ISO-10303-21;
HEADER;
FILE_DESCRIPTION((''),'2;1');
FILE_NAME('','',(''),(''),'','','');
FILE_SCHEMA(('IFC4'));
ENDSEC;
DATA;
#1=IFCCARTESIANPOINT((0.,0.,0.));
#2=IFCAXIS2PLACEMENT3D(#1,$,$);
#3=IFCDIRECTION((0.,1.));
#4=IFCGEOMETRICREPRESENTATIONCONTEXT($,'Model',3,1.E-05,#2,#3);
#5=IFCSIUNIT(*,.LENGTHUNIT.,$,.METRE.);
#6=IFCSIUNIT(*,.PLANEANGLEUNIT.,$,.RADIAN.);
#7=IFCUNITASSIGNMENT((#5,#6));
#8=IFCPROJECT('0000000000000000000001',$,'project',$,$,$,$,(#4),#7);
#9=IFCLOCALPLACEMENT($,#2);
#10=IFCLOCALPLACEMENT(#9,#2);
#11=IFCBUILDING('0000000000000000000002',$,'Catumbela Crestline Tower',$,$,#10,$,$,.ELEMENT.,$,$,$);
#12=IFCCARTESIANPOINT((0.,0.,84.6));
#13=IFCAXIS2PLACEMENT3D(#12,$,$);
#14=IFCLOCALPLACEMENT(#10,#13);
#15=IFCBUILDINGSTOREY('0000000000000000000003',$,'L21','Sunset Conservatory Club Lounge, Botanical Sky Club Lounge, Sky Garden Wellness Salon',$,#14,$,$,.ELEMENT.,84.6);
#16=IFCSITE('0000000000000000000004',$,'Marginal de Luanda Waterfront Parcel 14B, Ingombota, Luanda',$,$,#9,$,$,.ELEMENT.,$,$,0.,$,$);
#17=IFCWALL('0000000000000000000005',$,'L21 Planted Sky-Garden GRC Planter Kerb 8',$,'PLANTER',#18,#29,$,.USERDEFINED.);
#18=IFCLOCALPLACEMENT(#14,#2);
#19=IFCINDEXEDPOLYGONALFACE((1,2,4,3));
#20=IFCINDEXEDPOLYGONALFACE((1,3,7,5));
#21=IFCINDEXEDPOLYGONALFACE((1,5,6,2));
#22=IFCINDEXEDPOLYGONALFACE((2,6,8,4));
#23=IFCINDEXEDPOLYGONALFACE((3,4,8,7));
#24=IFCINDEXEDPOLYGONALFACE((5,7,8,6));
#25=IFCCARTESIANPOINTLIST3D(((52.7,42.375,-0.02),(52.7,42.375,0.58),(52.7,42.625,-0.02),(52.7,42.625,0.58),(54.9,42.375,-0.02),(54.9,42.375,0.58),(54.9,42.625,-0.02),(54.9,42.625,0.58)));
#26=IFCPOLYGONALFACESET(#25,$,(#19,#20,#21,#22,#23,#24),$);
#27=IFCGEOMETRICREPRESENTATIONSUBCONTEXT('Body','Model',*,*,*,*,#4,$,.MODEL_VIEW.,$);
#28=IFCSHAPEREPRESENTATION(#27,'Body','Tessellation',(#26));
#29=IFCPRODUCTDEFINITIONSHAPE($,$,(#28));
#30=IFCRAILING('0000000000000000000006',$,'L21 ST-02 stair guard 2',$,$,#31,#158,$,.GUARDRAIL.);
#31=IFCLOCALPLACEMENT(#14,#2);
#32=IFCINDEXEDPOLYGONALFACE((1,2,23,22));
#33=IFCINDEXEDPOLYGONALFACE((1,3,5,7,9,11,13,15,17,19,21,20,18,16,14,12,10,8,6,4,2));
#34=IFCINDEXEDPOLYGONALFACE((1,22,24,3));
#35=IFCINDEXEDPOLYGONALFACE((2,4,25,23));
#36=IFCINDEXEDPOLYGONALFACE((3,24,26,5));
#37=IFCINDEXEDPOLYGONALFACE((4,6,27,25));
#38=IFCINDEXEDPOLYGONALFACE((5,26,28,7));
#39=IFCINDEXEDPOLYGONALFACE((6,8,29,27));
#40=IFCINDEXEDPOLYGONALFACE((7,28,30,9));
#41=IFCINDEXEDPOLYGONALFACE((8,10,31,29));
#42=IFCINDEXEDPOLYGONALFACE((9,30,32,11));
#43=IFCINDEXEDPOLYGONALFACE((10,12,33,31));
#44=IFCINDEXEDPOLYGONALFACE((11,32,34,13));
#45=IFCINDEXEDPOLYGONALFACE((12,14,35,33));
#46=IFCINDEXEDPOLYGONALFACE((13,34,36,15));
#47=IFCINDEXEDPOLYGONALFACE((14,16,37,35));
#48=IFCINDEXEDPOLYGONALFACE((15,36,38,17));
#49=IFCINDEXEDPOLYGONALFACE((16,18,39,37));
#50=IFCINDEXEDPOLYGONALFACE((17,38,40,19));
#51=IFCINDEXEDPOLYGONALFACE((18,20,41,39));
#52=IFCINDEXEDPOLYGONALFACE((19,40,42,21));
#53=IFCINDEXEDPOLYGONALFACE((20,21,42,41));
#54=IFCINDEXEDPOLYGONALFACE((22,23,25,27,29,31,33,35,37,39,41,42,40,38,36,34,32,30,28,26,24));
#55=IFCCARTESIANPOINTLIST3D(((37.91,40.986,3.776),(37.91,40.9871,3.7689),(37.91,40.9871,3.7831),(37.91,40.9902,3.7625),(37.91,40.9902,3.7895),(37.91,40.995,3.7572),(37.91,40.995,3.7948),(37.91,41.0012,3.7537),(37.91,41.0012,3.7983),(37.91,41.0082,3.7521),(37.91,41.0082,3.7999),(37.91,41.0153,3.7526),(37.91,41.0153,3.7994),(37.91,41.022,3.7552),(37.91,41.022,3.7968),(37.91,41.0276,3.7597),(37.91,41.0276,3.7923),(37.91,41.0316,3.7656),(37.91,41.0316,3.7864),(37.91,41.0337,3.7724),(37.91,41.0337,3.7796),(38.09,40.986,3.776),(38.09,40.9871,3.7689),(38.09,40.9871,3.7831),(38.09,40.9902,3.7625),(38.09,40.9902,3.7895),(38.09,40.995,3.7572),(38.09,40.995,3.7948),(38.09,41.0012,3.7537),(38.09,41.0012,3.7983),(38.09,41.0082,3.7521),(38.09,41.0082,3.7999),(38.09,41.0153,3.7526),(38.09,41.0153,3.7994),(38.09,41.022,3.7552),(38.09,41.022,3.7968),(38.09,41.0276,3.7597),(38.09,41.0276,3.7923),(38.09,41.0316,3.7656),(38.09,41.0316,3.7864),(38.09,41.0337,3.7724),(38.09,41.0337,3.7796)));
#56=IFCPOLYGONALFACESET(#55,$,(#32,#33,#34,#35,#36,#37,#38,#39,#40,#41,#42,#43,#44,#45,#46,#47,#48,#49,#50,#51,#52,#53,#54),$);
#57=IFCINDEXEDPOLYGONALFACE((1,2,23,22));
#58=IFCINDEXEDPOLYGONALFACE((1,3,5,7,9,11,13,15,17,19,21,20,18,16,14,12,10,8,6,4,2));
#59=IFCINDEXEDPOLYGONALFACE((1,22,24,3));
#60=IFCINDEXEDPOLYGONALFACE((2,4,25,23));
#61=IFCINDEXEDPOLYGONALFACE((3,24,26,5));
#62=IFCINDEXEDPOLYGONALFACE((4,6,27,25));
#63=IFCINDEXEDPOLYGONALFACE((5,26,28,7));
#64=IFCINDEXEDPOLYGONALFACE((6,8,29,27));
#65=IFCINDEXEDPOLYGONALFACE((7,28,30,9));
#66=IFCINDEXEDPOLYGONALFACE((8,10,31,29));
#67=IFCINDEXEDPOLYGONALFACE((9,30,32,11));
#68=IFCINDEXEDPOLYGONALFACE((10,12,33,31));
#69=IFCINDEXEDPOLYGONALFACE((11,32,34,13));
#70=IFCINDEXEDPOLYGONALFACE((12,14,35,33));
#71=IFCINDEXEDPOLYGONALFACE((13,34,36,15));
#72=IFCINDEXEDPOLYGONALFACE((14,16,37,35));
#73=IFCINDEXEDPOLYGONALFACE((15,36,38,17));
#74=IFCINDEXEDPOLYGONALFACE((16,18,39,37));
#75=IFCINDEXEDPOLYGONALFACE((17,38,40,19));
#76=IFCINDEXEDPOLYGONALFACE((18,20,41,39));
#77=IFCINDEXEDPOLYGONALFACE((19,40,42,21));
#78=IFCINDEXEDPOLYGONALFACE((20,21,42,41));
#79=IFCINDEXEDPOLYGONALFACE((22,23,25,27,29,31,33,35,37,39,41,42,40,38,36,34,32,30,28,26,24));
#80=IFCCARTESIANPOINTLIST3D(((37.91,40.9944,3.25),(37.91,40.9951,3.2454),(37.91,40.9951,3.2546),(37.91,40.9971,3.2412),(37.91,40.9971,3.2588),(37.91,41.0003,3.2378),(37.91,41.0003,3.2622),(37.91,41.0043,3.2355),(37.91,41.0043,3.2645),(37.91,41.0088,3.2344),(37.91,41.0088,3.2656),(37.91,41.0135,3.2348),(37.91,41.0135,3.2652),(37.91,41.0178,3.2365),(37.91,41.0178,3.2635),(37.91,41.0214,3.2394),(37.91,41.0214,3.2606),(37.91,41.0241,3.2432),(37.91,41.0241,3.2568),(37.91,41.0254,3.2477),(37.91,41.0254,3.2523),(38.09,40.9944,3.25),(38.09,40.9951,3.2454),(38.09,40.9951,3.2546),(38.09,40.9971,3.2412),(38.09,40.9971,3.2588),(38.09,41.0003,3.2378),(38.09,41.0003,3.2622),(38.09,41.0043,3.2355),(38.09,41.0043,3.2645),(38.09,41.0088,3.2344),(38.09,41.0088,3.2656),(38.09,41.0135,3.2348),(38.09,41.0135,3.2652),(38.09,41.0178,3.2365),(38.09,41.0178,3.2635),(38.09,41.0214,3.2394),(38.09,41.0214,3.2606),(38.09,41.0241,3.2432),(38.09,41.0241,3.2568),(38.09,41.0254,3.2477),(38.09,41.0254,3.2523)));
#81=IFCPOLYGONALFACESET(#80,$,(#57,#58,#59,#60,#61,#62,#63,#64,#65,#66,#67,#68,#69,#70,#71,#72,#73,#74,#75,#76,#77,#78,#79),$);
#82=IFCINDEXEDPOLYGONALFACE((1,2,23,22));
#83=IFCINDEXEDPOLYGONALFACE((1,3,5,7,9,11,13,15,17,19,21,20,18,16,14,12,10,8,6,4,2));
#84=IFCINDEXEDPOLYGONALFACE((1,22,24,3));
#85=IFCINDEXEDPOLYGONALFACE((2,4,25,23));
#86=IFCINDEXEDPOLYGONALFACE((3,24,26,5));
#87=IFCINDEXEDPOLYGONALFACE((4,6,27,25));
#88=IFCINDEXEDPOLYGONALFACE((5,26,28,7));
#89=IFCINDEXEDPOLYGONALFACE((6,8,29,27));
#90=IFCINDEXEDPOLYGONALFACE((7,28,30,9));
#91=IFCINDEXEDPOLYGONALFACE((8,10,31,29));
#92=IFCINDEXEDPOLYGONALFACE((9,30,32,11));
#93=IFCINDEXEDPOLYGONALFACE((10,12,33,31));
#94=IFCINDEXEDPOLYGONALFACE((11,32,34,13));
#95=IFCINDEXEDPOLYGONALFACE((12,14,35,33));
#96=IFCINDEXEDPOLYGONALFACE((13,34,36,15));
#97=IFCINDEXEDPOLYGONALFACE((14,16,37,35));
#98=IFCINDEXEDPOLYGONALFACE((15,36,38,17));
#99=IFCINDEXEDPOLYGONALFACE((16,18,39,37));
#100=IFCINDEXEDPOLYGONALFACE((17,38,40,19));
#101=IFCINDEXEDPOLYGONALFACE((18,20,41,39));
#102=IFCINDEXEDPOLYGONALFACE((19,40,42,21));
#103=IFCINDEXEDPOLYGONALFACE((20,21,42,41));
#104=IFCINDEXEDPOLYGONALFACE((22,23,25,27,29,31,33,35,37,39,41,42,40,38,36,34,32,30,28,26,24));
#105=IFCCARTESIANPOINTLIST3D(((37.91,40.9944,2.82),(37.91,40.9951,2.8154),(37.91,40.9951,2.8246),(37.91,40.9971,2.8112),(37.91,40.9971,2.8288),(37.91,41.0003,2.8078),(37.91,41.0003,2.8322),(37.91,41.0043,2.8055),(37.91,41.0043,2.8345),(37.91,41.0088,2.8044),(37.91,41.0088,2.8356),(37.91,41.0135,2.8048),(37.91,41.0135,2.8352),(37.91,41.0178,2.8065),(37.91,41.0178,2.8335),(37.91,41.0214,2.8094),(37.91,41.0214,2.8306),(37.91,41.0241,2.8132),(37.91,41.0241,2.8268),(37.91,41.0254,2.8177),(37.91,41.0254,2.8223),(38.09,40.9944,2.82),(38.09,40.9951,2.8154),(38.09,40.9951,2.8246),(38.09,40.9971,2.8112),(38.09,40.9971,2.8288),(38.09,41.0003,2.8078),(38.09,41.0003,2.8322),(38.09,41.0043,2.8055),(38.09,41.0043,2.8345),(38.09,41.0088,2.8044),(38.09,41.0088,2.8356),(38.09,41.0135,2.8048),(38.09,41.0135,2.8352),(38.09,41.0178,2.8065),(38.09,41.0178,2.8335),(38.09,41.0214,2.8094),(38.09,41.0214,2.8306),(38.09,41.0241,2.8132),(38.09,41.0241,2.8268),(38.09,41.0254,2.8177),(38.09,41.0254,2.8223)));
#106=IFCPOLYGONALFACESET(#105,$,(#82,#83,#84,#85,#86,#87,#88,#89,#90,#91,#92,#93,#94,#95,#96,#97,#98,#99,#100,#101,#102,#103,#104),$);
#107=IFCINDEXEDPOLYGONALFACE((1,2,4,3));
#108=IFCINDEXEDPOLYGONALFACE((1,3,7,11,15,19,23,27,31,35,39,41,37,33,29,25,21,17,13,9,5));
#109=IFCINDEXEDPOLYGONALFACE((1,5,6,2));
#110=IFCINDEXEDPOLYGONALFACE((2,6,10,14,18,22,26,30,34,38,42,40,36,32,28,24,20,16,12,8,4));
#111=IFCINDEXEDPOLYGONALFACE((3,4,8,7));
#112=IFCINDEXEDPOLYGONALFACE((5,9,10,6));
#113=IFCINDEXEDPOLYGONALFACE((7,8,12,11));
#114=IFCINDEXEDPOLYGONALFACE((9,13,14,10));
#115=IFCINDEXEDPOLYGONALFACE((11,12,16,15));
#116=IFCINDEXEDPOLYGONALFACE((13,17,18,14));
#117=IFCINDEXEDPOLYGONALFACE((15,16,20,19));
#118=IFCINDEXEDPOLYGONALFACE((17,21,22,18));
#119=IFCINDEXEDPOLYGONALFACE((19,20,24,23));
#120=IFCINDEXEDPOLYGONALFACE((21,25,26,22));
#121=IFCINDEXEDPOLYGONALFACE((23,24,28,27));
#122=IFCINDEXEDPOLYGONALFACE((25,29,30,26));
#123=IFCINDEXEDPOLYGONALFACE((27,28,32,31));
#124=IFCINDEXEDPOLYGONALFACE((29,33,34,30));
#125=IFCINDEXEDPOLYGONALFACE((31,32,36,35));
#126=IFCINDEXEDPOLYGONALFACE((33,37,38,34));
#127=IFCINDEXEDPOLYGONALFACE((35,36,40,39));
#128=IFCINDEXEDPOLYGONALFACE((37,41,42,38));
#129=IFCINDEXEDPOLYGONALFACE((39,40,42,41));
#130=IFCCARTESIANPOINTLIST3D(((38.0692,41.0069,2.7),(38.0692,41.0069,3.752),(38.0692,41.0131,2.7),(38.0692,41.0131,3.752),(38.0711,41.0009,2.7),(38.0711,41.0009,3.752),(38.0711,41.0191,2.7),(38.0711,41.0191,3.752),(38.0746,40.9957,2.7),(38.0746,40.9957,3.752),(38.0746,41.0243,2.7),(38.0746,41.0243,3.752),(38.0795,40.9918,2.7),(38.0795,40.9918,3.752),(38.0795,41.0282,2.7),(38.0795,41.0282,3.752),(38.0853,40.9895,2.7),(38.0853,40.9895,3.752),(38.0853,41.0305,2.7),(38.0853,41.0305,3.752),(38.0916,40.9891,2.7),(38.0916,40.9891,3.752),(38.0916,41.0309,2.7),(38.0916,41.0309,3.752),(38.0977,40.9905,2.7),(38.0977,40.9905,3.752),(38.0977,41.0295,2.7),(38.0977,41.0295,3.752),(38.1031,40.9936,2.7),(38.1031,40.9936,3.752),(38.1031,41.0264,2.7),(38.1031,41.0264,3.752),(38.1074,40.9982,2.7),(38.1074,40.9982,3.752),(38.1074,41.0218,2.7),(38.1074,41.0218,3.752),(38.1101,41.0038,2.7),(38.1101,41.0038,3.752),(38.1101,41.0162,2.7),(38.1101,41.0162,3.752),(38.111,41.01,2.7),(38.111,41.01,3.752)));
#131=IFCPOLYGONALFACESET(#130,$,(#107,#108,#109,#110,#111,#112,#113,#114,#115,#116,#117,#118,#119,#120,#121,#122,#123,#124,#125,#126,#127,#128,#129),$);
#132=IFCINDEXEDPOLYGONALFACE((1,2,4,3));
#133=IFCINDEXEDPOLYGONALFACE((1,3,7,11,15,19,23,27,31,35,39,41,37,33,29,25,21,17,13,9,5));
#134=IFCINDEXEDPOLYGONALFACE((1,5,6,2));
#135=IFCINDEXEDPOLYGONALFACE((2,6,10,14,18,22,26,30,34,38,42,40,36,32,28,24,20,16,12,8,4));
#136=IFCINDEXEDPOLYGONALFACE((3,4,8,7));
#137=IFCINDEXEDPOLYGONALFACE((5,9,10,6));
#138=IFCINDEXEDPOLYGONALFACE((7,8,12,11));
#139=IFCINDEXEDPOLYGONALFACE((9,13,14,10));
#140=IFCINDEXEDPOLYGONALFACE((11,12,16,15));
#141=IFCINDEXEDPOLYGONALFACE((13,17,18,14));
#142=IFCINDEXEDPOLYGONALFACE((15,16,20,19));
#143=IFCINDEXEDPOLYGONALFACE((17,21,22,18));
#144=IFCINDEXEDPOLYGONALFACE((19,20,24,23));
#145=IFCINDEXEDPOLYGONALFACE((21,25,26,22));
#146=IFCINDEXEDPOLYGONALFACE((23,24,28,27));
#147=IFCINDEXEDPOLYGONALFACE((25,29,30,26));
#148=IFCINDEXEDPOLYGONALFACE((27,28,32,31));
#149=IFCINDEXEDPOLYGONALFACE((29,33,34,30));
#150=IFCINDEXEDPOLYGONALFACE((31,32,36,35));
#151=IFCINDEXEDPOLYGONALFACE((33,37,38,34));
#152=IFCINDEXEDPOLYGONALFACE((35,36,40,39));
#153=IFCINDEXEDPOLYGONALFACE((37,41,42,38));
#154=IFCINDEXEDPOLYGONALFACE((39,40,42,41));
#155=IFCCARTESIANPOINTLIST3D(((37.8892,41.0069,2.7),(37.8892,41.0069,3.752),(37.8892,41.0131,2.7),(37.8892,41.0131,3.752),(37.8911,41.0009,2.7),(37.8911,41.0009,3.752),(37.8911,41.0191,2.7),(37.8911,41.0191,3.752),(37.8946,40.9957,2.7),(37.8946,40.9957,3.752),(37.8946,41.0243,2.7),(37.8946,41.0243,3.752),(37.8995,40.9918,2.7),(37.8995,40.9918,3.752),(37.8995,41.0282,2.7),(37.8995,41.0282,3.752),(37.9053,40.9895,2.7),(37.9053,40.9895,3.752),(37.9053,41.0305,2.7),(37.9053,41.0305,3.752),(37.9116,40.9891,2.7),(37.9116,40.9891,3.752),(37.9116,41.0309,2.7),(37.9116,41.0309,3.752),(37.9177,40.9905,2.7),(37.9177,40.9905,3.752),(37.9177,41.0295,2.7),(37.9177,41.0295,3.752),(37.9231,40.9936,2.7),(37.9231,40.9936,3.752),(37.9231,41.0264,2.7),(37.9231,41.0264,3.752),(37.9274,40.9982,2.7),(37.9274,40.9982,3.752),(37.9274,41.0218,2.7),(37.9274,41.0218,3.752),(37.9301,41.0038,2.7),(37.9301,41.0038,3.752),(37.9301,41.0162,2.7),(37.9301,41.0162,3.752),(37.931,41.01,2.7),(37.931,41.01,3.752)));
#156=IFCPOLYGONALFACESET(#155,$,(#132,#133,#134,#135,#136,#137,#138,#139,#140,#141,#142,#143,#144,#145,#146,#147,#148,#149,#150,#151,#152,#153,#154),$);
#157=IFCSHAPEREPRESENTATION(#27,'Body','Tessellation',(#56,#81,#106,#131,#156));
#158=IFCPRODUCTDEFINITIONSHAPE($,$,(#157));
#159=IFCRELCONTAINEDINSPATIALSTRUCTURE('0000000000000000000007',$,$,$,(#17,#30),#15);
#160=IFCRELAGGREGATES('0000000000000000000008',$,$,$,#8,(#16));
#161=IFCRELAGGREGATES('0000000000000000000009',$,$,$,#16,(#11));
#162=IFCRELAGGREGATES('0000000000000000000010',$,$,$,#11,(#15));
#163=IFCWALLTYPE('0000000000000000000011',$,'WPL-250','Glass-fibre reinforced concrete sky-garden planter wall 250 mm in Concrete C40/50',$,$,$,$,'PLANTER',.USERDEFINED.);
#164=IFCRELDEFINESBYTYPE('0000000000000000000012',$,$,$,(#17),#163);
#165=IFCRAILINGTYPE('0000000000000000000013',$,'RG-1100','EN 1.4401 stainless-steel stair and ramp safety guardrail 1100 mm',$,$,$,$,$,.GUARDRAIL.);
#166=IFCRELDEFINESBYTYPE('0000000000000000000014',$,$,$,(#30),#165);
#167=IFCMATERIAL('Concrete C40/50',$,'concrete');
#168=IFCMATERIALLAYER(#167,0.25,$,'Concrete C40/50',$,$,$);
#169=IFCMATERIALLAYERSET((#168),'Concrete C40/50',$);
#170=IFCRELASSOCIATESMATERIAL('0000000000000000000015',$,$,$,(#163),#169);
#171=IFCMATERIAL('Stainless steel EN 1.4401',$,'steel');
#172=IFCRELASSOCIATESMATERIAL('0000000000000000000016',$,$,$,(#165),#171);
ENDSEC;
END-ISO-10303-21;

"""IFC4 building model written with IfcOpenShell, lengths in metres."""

from ifc_helpers import new_model, si_unit, direction, frame, frame_2d, origin, origin_2d, place, context, subcontext, project, spatial, rectangle, circle, extrude, material, layer, layer_set, type_object, element, save


model = new_model("IFC4")

# Units and contexts
model_context = context("Model", 3, precision=1e-05, world=origin(), true_north=direction((0.0, 1.0)))
body_context = subcontext(model_context, "Body", "Model", "MODEL_VIEW")
ifc_project = project(units=[si_unit("LENGTHUNIT", "METRE"), si_unit("PLANEANGLEUNIT", "RADIAN")], contexts=[model_context])

# Site, building, storey
site_placement = place(None, origin())
site = spatial("IfcSite", under=ifc_project, at=site_placement, Name="Marginal de Luanda Waterfront Parcel 14B, Ingombota, Luanda", CompositionType="ELEMENT", RefElevation=0.0)
building_placement = place(site_placement, origin())
building = spatial("IfcBuilding", under=site, at=building_placement, Name="Catumbela Crestline Tower", CompositionType="ELEMENT")
storey_placement = place(building_placement, frame((0.0, 0.0, 84.6)))
storey = spatial("IfcBuildingStorey", under=building, at=storey_placement, Name="L21", Description="Sunset Conservatory Club Lounge, Botanical Sky Club Lounge, Sky Garden Wellness Salon", CompositionType="ELEMENT", Elevation=84.6)

# Wall
ifc_material_1 = material(Name="Concrete C40/50", Category="concrete")
ifc_layer_1 = layer(ifc_material_1, 0.25, Name="Concrete C40/50")
ifc_layer_set_1 = layer_set([ifc_layer_1], Name="Concrete C40/50")
wall_type_1 = type_object("IfcWallType", Name="WPL-250", Description="Glass-fibre reinforced concrete sky-garden planter wall 250 mm in Concrete C40/50", ElementType="PLANTER", PredefinedType="USERDEFINED", material=ifc_layer_set_1)
wall_1_placement = place(storey_placement, frame((52.7, 42.5, -0.02), z_axis=(0.0, 0.0, 1.0), x_axis=(1.0, 0.0, 0.0)))
element("IfcWall", 1, at=wall_1_placement, inside=storey, type_object=wall_type_1, Name="L21 Planted Sky-Garden GRC Planter Kerb 8", ObjectType="PLANTER", PredefinedType="USERDEFINED", context=body_context, shape_type="SweptSolid", body=[
    extrude(rectangle(XDim=2.2, YDim=0.25, at=frame_2d((1.1, 0.0))), origin(), (0.0, 0.0, 1.0), 0.6),
])

# Railing
ifc_material_2 = material(Name="Stainless steel EN 1.4401", Category="steel")
railing_type = type_object("IfcRailingType", Name="RG-1100", Description="EN 1.4401 stainless-steel stair and ramp safety guardrail 1100 mm", PredefinedType="GUARDRAIL", material=ifc_material_2)
railing_1_placement = place(storey_placement, frame((38.09, 41.01, 2.7)))
element("IfcRailing", 2, at=railing_1_placement, inside=storey, type_object=railing_type, Name="L21 ST-02 stair guard 2", PredefinedType="GUARDRAIL", context=body_context, shape_type="SweptSolid", body=[
    extrude(circle(Radius=0.024, at=origin_2d()), frame((0.0, 0.0, 1.076), z_axis=(-1.0, 0.0, 0.0), x_axis=(0.0, -1.0, 0.0)), (0.0, 0.0, 1.0), 0.18),
    extrude(circle(Radius=0.0156, at=origin_2d()), frame((0.0, 0.0, 0.55), z_axis=(-1.0, 0.0, 0.0), x_axis=(0.0, -1.0, 0.0)), (0.0, 0.0, 1.0), 0.18),
    extrude(circle(Radius=0.0156, at=origin_2d()), frame((0.0, 0.0, 0.12), z_axis=(-1.0, 0.0, 0.0), x_axis=(0.0, -1.0, 0.0)), (0.0, 0.0, 1.0), 0.18),
    extrude(circle(Radius=0.021, at=origin_2d()), origin(), (0.0, 0.0, 1.0), 1.052),
    extrude(circle(Radius=0.021, at=origin_2d()), frame((-0.18, 0.0, 0.0)), (0.0, 0.0, 1.0), 1.052),
])

save(model, "model.ifc")
